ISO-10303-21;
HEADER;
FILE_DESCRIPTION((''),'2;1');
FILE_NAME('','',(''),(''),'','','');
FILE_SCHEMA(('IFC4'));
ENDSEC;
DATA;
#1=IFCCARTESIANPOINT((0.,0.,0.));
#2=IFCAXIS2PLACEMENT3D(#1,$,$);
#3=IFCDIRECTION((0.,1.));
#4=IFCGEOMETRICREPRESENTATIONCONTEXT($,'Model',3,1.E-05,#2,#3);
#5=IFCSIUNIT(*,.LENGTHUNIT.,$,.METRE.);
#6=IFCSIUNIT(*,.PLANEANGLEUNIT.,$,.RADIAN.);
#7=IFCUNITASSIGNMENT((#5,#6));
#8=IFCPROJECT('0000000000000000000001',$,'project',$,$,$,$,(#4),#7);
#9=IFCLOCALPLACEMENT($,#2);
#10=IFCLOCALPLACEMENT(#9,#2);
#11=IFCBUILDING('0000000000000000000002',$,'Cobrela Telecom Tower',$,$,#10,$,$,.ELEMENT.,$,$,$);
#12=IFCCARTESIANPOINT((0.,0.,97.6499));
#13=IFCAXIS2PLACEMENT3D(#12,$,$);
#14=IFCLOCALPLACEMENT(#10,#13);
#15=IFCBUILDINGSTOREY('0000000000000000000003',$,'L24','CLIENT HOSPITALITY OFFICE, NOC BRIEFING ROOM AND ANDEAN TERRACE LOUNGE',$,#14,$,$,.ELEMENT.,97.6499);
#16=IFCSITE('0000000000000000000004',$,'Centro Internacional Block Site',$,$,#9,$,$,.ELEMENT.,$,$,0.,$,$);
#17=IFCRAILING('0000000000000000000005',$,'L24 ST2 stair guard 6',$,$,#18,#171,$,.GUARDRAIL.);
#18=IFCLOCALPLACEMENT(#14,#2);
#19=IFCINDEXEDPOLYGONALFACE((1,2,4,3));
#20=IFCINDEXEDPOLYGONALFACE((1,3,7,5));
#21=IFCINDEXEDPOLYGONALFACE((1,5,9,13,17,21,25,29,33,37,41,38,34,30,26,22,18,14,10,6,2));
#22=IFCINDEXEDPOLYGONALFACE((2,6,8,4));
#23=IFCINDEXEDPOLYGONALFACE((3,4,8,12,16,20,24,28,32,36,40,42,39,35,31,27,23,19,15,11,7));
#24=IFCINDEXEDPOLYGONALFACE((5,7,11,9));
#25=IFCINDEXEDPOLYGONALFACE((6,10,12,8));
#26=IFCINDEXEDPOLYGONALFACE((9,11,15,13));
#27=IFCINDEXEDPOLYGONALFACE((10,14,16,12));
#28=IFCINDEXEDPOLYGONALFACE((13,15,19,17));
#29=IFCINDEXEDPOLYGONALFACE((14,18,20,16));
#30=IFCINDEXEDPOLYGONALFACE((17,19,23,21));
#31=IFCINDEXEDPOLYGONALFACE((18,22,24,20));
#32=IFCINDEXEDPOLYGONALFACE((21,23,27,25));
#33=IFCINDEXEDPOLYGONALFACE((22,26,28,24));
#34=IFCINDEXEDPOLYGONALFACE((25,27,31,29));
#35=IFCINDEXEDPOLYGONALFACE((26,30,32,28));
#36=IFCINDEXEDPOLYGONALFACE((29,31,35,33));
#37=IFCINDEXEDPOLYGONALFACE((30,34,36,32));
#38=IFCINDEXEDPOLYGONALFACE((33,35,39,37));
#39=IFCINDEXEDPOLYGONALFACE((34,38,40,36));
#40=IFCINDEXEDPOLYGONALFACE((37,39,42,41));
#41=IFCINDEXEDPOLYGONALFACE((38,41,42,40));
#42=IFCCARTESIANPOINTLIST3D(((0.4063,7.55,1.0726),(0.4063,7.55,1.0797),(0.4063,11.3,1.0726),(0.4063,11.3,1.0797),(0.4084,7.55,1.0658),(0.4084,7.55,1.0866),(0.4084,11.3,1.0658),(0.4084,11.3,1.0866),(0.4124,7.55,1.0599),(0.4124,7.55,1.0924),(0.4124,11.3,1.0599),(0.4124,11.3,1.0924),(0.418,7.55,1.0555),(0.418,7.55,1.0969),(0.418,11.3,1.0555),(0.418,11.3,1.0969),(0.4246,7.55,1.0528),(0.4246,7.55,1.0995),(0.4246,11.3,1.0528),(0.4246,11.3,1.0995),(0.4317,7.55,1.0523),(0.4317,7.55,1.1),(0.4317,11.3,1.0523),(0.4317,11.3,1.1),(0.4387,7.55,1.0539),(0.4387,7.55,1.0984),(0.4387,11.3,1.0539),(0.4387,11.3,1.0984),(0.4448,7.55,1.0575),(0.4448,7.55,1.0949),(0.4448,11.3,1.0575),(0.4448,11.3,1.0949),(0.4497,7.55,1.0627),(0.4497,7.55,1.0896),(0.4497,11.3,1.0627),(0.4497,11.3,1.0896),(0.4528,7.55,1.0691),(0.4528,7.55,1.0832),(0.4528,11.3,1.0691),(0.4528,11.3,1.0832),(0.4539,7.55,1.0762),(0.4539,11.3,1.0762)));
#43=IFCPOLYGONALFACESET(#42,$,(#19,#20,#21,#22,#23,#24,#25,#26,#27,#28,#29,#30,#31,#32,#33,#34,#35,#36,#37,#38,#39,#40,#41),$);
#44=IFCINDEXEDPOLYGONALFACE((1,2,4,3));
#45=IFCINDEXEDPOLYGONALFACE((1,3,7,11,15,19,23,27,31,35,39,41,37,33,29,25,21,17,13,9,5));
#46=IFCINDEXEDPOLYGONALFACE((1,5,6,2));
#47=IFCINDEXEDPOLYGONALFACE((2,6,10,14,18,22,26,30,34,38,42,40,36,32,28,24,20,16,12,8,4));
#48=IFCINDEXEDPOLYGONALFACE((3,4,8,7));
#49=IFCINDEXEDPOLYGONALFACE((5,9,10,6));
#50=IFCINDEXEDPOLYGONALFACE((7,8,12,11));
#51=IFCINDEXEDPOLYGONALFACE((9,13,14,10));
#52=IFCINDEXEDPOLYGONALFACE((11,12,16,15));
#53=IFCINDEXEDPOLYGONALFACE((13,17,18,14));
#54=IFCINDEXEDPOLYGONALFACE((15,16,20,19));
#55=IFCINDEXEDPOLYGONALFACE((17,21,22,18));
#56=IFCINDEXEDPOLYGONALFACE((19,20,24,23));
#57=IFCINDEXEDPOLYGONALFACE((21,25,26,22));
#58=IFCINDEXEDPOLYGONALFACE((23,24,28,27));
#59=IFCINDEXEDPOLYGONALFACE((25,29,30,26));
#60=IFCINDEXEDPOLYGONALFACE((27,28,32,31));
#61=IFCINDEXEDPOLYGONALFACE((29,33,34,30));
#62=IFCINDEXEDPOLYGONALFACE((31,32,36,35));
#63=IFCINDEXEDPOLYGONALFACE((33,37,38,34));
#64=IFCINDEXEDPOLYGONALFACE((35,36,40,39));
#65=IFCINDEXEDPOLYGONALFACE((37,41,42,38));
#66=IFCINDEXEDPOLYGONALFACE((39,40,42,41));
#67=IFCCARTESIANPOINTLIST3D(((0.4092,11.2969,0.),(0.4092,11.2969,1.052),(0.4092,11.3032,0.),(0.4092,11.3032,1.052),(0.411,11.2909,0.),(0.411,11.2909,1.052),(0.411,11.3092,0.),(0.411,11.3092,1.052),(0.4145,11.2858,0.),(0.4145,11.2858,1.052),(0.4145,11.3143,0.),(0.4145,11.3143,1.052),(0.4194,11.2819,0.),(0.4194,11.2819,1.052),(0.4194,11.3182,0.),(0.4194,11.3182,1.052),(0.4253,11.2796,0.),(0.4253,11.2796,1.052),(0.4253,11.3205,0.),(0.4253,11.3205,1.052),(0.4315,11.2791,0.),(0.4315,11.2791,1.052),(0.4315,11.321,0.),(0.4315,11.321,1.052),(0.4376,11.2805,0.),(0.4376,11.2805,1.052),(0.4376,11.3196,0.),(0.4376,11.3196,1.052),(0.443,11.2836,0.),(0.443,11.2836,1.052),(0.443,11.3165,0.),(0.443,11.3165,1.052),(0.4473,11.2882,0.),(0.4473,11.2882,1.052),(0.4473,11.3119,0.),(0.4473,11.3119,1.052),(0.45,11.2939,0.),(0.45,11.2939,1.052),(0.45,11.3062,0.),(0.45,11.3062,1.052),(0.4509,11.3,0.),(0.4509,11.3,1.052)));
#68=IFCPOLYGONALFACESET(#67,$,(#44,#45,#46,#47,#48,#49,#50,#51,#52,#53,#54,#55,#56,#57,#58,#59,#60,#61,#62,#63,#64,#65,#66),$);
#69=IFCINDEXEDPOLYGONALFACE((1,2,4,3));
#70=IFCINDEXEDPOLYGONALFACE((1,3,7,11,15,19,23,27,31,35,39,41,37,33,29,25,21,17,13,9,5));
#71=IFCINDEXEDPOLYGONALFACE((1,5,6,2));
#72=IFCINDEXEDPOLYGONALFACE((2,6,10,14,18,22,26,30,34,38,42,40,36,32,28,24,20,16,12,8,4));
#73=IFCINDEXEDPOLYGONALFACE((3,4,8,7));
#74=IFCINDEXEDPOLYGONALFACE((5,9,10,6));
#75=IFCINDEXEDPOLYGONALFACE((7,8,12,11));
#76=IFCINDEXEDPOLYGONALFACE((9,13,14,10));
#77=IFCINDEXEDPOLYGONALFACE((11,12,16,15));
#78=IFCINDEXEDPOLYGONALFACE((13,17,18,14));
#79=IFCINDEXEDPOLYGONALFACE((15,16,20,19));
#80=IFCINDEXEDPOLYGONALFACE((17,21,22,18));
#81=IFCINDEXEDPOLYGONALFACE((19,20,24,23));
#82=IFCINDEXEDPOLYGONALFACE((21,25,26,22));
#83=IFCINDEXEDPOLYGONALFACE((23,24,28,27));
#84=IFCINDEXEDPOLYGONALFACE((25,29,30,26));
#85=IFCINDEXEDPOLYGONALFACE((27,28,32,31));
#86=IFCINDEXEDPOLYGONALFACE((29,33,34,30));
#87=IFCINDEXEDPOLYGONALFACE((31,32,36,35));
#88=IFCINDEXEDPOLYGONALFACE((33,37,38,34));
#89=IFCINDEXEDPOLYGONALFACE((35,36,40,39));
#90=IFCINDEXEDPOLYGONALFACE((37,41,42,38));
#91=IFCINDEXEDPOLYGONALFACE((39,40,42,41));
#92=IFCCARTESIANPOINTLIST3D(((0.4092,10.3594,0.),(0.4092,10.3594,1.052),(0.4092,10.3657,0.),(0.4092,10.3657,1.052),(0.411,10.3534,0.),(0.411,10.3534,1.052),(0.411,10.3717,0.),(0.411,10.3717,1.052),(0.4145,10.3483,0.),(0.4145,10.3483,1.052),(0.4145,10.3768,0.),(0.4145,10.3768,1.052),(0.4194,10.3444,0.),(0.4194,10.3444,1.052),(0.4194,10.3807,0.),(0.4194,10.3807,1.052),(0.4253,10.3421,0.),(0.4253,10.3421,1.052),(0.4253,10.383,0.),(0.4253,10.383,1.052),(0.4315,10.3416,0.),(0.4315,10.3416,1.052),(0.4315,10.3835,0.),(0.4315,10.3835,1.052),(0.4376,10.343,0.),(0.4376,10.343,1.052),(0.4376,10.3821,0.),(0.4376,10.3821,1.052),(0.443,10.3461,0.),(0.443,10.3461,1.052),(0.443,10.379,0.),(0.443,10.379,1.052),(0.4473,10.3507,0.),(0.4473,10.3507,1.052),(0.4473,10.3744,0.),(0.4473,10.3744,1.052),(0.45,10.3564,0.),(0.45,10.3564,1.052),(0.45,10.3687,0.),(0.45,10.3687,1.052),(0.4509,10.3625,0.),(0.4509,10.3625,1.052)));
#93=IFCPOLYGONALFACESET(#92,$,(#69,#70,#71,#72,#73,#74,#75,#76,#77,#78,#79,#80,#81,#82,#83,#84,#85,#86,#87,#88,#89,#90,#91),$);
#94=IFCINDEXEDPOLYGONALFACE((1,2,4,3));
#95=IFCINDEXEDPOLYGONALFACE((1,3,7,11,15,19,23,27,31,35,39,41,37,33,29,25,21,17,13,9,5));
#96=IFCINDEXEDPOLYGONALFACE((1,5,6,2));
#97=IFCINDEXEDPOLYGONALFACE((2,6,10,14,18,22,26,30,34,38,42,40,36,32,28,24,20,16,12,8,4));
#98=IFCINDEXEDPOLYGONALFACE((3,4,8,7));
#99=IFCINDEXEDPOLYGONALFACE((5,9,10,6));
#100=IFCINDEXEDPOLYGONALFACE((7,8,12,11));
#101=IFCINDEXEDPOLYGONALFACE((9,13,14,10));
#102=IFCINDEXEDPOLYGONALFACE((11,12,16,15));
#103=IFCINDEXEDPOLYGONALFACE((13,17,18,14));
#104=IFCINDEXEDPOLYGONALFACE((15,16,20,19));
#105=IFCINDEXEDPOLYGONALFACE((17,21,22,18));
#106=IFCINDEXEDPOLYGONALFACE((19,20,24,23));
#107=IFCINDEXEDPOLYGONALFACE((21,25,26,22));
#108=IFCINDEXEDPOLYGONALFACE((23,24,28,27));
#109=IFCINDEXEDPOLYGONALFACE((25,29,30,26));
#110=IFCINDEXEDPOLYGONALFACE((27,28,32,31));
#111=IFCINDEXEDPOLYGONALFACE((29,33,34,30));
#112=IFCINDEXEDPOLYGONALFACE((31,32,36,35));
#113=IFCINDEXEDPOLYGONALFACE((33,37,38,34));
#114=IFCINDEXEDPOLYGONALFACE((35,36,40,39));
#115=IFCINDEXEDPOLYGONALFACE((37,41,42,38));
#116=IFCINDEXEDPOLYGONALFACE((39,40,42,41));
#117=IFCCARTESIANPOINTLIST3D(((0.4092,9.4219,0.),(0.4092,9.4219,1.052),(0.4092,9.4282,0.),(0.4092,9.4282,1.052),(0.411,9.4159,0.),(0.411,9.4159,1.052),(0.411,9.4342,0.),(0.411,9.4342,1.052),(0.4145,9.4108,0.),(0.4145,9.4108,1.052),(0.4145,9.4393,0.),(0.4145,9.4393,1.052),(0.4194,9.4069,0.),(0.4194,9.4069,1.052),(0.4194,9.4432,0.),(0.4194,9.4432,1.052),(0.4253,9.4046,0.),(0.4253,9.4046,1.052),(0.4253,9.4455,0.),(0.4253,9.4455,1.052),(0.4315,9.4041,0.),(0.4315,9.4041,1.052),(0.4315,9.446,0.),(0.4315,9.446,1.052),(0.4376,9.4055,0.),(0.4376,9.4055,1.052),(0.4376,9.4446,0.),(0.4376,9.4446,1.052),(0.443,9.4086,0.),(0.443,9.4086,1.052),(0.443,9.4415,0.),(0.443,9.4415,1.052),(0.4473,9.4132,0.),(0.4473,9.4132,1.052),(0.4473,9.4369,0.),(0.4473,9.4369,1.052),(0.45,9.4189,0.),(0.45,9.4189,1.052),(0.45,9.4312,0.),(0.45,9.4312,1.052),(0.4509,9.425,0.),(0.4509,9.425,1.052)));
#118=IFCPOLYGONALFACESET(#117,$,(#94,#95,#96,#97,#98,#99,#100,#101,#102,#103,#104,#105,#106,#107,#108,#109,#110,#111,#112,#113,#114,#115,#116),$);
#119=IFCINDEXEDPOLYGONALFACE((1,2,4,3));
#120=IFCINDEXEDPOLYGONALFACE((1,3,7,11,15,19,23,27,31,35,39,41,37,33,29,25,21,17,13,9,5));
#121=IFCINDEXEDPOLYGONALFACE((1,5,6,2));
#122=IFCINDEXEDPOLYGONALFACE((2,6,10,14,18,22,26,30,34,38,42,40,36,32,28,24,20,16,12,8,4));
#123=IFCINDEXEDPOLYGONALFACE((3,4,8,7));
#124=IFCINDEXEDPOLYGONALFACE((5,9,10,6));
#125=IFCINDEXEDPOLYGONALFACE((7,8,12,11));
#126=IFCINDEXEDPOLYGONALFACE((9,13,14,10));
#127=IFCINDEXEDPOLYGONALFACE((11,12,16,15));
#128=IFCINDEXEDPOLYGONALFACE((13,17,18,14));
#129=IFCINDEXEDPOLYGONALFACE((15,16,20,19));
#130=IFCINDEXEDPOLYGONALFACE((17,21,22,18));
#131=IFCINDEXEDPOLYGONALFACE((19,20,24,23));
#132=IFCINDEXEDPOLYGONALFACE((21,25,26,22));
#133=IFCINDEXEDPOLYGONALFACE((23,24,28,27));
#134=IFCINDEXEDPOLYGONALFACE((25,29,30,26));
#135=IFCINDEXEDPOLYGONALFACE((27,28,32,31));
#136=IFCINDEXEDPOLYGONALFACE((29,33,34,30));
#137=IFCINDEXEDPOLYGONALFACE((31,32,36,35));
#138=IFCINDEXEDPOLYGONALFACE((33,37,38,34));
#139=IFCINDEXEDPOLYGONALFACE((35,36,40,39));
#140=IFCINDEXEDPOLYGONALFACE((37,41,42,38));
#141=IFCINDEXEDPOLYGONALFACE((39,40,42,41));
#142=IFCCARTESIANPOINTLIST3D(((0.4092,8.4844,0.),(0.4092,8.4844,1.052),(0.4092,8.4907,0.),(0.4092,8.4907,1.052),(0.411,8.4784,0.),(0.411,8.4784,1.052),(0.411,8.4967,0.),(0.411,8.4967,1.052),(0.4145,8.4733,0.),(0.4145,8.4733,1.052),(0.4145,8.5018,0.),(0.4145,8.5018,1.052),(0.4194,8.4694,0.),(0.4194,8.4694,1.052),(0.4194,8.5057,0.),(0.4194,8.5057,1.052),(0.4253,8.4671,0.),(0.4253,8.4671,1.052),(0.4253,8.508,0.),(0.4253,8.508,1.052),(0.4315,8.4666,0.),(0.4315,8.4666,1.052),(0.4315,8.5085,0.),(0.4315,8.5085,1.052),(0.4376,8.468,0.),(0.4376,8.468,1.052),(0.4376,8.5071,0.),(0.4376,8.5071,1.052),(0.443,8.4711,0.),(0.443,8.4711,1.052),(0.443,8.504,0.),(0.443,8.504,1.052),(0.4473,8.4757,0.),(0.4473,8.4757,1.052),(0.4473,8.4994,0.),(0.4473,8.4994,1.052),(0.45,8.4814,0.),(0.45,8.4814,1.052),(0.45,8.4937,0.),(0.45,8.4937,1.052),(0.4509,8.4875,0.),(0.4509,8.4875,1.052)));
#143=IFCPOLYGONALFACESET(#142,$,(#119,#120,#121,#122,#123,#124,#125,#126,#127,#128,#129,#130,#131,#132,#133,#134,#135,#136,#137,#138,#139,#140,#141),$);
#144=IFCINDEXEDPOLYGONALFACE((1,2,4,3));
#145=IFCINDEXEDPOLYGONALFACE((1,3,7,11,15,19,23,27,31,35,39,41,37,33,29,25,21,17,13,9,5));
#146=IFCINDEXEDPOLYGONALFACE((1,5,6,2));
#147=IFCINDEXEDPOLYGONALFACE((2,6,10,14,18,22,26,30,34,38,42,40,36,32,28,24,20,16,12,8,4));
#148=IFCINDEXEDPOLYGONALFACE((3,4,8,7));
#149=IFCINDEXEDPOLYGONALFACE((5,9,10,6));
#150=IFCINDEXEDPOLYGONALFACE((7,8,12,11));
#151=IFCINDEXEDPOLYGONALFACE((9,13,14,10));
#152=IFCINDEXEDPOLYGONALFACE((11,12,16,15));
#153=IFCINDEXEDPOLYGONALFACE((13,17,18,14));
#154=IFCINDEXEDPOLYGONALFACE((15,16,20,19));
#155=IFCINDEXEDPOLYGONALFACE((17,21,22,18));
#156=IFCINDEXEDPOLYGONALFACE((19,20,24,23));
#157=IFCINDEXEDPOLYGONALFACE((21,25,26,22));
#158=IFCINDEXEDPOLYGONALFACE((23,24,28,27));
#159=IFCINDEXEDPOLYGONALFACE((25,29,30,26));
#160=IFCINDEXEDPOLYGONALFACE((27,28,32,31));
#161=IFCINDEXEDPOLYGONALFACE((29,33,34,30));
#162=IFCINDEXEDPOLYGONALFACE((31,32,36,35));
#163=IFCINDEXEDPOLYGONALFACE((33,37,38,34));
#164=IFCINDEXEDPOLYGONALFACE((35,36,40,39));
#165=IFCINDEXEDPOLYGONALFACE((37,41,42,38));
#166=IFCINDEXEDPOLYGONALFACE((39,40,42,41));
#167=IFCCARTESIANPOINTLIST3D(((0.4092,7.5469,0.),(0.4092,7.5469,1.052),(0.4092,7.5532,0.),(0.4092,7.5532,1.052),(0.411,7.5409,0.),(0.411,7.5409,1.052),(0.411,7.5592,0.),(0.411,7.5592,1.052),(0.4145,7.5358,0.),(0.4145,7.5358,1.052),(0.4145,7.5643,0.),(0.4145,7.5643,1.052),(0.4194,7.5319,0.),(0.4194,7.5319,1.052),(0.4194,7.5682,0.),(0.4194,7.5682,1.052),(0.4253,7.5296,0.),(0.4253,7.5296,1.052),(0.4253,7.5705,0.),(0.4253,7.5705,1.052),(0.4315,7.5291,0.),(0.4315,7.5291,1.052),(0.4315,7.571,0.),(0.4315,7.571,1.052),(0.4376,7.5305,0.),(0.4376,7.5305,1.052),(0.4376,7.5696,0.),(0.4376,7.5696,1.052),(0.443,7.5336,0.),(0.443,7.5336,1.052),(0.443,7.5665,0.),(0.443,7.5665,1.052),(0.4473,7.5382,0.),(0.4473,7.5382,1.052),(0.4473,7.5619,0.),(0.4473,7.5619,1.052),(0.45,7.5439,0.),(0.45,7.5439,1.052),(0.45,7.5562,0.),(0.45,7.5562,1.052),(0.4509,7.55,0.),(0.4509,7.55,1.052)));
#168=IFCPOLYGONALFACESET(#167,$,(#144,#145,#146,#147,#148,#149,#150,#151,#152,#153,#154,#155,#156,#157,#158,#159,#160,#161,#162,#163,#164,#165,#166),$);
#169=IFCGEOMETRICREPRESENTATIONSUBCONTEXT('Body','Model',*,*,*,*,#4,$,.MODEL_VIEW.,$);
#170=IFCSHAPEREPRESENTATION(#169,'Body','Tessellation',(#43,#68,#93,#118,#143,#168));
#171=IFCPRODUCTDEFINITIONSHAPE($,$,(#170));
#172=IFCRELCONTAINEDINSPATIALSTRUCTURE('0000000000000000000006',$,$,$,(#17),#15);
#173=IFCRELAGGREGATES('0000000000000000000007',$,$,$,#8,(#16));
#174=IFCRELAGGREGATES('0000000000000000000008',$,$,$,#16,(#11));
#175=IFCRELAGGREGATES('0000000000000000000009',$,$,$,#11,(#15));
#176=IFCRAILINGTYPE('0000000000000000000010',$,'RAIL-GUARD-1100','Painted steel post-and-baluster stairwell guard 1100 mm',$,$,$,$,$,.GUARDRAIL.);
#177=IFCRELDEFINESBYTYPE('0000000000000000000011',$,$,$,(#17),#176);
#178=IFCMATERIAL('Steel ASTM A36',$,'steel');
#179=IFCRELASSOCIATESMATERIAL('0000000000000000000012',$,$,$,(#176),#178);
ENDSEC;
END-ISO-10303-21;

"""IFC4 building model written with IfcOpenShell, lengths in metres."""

from ifc_helpers import new_model, si_unit, direction, frame, origin, origin_2d, place, context, subcontext, project, spatial, circle, extrude, material, type_object, element, save


model = new_model("IFC4")

# Units and contexts
model_context = context("Model", 3, precision=1e-05, world=origin(), true_north=direction((0.0, 1.0)))
body_context = subcontext(model_context, "Body", "Model", "MODEL_VIEW")
ifc_project = project(units=[si_unit("LENGTHUNIT", "METRE"), si_unit("PLANEANGLEUNIT", "RADIAN")], contexts=[model_context])

# Site, building, storey
site_placement = place(None, origin())
site = spatial("IfcSite", under=ifc_project, at=site_placement, Name="Centro Internacional Block Site", CompositionType="ELEMENT", RefElevation=0.0)
building_placement = place(site_placement, origin())
building = spatial("IfcBuilding", under=site, at=building_placement, Name="Cobrela Telecom Tower", CompositionType="ELEMENT")
storey_placement = place(building_placement, frame((0.0, 0.0, 97.6499)))
storey = spatial("IfcBuildingStorey", under=building, at=storey_placement, Name="L24", Description="CLIENT HOSPITALITY OFFICE, NOC BRIEFING ROOM AND ANDEAN TERRACE LOUNGE", CompositionType="ELEMENT", Elevation=97.6499)

# Shared definitions
ifc_material_1 = material(Name="Steel ASTM A36", Category="steel")

# Railing
railing_type_1 = type_object("IfcRailingType", Name="RAIL-GUARD-1100", Description="Painted steel post-and-baluster stairwell guard 1100 mm", PredefinedType="GUARDRAIL", material=ifc_material_1)
railing_1_placement = place(storey_placement, frame((0.4299, 11.3, 0.0)))
element("IfcRailing", 1, at=railing_1_placement, inside=storey, type_object=railing_type_1, Name="L24 ST2 stair guard 6", PredefinedType="GUARDRAIL", context=body_context, shape_type="SweptSolid", body=[
    extrude(circle(Radius=0.0239, at=origin_2d()), frame((0.0, 0.0, 1.0762), z_axis=(0.0, -1.0, 0.0), x_axis=(1.0, 0.0, 0.0)), (0.0, 0.0, 1.0), 3.75),
    extrude(circle(Radius=0.021, at=origin_2d()), origin(), (0.0, 0.0, 1.0), 1.052),
    extrude(circle(Radius=0.021, at=origin_2d()), frame((0.0, -0.9375, 0.0)), (0.0, 0.0, 1.0), 1.052),
    extrude(circle(Radius=0.021, at=origin_2d()), frame((0.0, -1.875, 0.0)), (0.0, 0.0, 1.0), 1.052),
    extrude(circle(Radius=0.021, at=origin_2d()), frame((0.0, -2.8125, 0.0)), (0.0, 0.0, 1.0), 1.052),
    extrude(circle(Radius=0.021, at=origin_2d()), frame((0.0, -3.75, 0.0)), (0.0, 0.0, 1.0), 1.052),
])

save(model, "model.ifc")
